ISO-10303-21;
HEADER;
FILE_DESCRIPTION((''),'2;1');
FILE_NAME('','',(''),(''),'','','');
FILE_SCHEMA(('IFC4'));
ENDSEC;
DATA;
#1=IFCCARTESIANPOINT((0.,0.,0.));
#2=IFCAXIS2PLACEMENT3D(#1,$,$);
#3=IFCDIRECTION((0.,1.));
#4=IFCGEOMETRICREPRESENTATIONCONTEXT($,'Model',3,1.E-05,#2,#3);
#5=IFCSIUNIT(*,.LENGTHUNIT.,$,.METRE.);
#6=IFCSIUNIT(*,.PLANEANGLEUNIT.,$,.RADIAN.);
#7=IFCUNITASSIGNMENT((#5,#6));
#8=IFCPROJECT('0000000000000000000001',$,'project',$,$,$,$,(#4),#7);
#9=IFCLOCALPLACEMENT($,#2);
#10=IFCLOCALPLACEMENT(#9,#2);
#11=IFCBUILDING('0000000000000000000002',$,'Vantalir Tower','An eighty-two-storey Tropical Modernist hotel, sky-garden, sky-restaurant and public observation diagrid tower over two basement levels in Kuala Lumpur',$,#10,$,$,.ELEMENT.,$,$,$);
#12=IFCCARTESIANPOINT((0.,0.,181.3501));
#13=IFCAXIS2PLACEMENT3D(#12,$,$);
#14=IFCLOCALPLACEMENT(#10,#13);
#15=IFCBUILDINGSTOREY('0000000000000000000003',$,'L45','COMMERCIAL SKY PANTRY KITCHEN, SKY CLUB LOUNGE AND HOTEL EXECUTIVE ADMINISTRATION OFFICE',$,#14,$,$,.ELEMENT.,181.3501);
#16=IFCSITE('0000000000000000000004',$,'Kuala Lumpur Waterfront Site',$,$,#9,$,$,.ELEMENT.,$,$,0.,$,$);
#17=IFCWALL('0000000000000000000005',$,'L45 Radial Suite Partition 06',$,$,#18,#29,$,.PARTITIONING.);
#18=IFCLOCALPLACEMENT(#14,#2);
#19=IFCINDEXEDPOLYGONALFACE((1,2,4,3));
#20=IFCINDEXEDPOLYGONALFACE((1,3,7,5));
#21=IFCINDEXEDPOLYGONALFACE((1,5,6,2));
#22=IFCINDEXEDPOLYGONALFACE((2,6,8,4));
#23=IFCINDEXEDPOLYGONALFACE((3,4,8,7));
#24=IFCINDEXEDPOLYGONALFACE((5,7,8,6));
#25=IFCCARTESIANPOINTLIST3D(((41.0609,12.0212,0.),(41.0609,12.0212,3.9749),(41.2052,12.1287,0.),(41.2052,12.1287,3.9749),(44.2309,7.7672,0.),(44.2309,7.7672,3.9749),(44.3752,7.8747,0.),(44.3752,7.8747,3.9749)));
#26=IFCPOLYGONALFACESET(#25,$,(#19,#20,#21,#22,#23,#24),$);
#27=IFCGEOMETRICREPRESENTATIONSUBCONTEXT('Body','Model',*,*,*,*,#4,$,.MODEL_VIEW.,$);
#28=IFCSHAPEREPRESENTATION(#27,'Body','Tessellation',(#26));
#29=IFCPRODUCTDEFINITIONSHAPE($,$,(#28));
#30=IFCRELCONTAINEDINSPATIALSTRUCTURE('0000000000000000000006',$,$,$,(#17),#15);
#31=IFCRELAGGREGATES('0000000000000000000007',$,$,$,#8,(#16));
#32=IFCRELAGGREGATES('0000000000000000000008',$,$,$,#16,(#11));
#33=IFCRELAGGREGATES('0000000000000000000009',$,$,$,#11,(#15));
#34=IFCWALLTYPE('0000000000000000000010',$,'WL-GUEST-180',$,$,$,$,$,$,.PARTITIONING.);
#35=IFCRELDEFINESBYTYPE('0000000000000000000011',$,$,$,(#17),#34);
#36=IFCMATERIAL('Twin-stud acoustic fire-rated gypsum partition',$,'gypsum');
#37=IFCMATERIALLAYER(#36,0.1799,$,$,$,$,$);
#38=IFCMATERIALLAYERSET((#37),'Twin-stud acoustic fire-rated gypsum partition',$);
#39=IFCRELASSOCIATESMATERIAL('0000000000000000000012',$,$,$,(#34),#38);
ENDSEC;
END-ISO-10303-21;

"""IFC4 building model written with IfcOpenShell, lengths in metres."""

from ifc_helpers import new_model, si_unit, direction, frame, frame_2d, origin, place, context, subcontext, project, spatial, rectangle, extrude, material, layer, layer_set, type_object, element, save


model = new_model("IFC4")

# Units and contexts
model_context = context("Model", 3, precision=1e-05, world=origin(), true_north=direction((0.0, 1.0)))
body_context = subcontext(model_context, "Body", "Model", "MODEL_VIEW")
ifc_project = project(units=[si_unit("LENGTHUNIT", "METRE"), si_unit("PLANEANGLEUNIT", "RADIAN")], contexts=[model_context])

# Site, building, storey
site_placement = place(None, origin())
site = spatial("IfcSite", under=ifc_project, at=site_placement, Name="Kuala Lumpur Waterfront Site", CompositionType="ELEMENT", RefElevation=0.0)
building_placement = place(site_placement, origin())
building = spatial("IfcBuilding", under=site, at=building_placement, Name="Vantalir Tower", Description="An eighty-two-storey Tropical Modernist hotel, sky-garden, sky-restaurant and public observation diagrid tower over two basement levels in Kuala Lumpur", CompositionType="ELEMENT")
storey_placement = place(building_placement, frame((0.0, 0.0, 181.3501)))
storey = spatial("IfcBuildingStorey", under=building, at=storey_placement, Name="L45", Description="COMMERCIAL SKY PANTRY KITCHEN, SKY CLUB LOUNGE AND HOTEL EXECUTIVE ADMINISTRATION OFFICE", CompositionType="ELEMENT", Elevation=181.3501)

# Wall
ifc_material_1 = material(Name="Twin-stud acoustic fire-rated gypsum partition", Category="gypsum")
ifc_layer_1 = layer(ifc_material_1, 0.1799)
ifc_layer_set_1 = layer_set([ifc_layer_1], Name="Twin-stud acoustic fire-rated gypsum partition")
wall_type_1 = type_object("IfcWallType", Name="WL-GUEST-180", PredefinedType="PARTITIONING", material=ifc_layer_set_1)
wall_1_placement = place(storey_placement, frame((41.1331, 12.075, 0.0), z_axis=(0.0, 0.0, 1.0), x_axis=(0.597523, -0.801852, 0.0)))
element("IfcWall", 1, at=wall_1_placement, inside=storey, type_object=wall_type_1, Name="L45 Radial Suite Partition 06", PredefinedType="PARTITIONING", context=body_context, shape_type="SweptSolid", body=[
    extrude(rectangle(XDim=5.3052, YDim=0.1799, at=frame_2d((2.6526, 0.0))), origin(), (0.0, 0.0, 1.0), 3.9749),
])

save(model, "model.ifc")
